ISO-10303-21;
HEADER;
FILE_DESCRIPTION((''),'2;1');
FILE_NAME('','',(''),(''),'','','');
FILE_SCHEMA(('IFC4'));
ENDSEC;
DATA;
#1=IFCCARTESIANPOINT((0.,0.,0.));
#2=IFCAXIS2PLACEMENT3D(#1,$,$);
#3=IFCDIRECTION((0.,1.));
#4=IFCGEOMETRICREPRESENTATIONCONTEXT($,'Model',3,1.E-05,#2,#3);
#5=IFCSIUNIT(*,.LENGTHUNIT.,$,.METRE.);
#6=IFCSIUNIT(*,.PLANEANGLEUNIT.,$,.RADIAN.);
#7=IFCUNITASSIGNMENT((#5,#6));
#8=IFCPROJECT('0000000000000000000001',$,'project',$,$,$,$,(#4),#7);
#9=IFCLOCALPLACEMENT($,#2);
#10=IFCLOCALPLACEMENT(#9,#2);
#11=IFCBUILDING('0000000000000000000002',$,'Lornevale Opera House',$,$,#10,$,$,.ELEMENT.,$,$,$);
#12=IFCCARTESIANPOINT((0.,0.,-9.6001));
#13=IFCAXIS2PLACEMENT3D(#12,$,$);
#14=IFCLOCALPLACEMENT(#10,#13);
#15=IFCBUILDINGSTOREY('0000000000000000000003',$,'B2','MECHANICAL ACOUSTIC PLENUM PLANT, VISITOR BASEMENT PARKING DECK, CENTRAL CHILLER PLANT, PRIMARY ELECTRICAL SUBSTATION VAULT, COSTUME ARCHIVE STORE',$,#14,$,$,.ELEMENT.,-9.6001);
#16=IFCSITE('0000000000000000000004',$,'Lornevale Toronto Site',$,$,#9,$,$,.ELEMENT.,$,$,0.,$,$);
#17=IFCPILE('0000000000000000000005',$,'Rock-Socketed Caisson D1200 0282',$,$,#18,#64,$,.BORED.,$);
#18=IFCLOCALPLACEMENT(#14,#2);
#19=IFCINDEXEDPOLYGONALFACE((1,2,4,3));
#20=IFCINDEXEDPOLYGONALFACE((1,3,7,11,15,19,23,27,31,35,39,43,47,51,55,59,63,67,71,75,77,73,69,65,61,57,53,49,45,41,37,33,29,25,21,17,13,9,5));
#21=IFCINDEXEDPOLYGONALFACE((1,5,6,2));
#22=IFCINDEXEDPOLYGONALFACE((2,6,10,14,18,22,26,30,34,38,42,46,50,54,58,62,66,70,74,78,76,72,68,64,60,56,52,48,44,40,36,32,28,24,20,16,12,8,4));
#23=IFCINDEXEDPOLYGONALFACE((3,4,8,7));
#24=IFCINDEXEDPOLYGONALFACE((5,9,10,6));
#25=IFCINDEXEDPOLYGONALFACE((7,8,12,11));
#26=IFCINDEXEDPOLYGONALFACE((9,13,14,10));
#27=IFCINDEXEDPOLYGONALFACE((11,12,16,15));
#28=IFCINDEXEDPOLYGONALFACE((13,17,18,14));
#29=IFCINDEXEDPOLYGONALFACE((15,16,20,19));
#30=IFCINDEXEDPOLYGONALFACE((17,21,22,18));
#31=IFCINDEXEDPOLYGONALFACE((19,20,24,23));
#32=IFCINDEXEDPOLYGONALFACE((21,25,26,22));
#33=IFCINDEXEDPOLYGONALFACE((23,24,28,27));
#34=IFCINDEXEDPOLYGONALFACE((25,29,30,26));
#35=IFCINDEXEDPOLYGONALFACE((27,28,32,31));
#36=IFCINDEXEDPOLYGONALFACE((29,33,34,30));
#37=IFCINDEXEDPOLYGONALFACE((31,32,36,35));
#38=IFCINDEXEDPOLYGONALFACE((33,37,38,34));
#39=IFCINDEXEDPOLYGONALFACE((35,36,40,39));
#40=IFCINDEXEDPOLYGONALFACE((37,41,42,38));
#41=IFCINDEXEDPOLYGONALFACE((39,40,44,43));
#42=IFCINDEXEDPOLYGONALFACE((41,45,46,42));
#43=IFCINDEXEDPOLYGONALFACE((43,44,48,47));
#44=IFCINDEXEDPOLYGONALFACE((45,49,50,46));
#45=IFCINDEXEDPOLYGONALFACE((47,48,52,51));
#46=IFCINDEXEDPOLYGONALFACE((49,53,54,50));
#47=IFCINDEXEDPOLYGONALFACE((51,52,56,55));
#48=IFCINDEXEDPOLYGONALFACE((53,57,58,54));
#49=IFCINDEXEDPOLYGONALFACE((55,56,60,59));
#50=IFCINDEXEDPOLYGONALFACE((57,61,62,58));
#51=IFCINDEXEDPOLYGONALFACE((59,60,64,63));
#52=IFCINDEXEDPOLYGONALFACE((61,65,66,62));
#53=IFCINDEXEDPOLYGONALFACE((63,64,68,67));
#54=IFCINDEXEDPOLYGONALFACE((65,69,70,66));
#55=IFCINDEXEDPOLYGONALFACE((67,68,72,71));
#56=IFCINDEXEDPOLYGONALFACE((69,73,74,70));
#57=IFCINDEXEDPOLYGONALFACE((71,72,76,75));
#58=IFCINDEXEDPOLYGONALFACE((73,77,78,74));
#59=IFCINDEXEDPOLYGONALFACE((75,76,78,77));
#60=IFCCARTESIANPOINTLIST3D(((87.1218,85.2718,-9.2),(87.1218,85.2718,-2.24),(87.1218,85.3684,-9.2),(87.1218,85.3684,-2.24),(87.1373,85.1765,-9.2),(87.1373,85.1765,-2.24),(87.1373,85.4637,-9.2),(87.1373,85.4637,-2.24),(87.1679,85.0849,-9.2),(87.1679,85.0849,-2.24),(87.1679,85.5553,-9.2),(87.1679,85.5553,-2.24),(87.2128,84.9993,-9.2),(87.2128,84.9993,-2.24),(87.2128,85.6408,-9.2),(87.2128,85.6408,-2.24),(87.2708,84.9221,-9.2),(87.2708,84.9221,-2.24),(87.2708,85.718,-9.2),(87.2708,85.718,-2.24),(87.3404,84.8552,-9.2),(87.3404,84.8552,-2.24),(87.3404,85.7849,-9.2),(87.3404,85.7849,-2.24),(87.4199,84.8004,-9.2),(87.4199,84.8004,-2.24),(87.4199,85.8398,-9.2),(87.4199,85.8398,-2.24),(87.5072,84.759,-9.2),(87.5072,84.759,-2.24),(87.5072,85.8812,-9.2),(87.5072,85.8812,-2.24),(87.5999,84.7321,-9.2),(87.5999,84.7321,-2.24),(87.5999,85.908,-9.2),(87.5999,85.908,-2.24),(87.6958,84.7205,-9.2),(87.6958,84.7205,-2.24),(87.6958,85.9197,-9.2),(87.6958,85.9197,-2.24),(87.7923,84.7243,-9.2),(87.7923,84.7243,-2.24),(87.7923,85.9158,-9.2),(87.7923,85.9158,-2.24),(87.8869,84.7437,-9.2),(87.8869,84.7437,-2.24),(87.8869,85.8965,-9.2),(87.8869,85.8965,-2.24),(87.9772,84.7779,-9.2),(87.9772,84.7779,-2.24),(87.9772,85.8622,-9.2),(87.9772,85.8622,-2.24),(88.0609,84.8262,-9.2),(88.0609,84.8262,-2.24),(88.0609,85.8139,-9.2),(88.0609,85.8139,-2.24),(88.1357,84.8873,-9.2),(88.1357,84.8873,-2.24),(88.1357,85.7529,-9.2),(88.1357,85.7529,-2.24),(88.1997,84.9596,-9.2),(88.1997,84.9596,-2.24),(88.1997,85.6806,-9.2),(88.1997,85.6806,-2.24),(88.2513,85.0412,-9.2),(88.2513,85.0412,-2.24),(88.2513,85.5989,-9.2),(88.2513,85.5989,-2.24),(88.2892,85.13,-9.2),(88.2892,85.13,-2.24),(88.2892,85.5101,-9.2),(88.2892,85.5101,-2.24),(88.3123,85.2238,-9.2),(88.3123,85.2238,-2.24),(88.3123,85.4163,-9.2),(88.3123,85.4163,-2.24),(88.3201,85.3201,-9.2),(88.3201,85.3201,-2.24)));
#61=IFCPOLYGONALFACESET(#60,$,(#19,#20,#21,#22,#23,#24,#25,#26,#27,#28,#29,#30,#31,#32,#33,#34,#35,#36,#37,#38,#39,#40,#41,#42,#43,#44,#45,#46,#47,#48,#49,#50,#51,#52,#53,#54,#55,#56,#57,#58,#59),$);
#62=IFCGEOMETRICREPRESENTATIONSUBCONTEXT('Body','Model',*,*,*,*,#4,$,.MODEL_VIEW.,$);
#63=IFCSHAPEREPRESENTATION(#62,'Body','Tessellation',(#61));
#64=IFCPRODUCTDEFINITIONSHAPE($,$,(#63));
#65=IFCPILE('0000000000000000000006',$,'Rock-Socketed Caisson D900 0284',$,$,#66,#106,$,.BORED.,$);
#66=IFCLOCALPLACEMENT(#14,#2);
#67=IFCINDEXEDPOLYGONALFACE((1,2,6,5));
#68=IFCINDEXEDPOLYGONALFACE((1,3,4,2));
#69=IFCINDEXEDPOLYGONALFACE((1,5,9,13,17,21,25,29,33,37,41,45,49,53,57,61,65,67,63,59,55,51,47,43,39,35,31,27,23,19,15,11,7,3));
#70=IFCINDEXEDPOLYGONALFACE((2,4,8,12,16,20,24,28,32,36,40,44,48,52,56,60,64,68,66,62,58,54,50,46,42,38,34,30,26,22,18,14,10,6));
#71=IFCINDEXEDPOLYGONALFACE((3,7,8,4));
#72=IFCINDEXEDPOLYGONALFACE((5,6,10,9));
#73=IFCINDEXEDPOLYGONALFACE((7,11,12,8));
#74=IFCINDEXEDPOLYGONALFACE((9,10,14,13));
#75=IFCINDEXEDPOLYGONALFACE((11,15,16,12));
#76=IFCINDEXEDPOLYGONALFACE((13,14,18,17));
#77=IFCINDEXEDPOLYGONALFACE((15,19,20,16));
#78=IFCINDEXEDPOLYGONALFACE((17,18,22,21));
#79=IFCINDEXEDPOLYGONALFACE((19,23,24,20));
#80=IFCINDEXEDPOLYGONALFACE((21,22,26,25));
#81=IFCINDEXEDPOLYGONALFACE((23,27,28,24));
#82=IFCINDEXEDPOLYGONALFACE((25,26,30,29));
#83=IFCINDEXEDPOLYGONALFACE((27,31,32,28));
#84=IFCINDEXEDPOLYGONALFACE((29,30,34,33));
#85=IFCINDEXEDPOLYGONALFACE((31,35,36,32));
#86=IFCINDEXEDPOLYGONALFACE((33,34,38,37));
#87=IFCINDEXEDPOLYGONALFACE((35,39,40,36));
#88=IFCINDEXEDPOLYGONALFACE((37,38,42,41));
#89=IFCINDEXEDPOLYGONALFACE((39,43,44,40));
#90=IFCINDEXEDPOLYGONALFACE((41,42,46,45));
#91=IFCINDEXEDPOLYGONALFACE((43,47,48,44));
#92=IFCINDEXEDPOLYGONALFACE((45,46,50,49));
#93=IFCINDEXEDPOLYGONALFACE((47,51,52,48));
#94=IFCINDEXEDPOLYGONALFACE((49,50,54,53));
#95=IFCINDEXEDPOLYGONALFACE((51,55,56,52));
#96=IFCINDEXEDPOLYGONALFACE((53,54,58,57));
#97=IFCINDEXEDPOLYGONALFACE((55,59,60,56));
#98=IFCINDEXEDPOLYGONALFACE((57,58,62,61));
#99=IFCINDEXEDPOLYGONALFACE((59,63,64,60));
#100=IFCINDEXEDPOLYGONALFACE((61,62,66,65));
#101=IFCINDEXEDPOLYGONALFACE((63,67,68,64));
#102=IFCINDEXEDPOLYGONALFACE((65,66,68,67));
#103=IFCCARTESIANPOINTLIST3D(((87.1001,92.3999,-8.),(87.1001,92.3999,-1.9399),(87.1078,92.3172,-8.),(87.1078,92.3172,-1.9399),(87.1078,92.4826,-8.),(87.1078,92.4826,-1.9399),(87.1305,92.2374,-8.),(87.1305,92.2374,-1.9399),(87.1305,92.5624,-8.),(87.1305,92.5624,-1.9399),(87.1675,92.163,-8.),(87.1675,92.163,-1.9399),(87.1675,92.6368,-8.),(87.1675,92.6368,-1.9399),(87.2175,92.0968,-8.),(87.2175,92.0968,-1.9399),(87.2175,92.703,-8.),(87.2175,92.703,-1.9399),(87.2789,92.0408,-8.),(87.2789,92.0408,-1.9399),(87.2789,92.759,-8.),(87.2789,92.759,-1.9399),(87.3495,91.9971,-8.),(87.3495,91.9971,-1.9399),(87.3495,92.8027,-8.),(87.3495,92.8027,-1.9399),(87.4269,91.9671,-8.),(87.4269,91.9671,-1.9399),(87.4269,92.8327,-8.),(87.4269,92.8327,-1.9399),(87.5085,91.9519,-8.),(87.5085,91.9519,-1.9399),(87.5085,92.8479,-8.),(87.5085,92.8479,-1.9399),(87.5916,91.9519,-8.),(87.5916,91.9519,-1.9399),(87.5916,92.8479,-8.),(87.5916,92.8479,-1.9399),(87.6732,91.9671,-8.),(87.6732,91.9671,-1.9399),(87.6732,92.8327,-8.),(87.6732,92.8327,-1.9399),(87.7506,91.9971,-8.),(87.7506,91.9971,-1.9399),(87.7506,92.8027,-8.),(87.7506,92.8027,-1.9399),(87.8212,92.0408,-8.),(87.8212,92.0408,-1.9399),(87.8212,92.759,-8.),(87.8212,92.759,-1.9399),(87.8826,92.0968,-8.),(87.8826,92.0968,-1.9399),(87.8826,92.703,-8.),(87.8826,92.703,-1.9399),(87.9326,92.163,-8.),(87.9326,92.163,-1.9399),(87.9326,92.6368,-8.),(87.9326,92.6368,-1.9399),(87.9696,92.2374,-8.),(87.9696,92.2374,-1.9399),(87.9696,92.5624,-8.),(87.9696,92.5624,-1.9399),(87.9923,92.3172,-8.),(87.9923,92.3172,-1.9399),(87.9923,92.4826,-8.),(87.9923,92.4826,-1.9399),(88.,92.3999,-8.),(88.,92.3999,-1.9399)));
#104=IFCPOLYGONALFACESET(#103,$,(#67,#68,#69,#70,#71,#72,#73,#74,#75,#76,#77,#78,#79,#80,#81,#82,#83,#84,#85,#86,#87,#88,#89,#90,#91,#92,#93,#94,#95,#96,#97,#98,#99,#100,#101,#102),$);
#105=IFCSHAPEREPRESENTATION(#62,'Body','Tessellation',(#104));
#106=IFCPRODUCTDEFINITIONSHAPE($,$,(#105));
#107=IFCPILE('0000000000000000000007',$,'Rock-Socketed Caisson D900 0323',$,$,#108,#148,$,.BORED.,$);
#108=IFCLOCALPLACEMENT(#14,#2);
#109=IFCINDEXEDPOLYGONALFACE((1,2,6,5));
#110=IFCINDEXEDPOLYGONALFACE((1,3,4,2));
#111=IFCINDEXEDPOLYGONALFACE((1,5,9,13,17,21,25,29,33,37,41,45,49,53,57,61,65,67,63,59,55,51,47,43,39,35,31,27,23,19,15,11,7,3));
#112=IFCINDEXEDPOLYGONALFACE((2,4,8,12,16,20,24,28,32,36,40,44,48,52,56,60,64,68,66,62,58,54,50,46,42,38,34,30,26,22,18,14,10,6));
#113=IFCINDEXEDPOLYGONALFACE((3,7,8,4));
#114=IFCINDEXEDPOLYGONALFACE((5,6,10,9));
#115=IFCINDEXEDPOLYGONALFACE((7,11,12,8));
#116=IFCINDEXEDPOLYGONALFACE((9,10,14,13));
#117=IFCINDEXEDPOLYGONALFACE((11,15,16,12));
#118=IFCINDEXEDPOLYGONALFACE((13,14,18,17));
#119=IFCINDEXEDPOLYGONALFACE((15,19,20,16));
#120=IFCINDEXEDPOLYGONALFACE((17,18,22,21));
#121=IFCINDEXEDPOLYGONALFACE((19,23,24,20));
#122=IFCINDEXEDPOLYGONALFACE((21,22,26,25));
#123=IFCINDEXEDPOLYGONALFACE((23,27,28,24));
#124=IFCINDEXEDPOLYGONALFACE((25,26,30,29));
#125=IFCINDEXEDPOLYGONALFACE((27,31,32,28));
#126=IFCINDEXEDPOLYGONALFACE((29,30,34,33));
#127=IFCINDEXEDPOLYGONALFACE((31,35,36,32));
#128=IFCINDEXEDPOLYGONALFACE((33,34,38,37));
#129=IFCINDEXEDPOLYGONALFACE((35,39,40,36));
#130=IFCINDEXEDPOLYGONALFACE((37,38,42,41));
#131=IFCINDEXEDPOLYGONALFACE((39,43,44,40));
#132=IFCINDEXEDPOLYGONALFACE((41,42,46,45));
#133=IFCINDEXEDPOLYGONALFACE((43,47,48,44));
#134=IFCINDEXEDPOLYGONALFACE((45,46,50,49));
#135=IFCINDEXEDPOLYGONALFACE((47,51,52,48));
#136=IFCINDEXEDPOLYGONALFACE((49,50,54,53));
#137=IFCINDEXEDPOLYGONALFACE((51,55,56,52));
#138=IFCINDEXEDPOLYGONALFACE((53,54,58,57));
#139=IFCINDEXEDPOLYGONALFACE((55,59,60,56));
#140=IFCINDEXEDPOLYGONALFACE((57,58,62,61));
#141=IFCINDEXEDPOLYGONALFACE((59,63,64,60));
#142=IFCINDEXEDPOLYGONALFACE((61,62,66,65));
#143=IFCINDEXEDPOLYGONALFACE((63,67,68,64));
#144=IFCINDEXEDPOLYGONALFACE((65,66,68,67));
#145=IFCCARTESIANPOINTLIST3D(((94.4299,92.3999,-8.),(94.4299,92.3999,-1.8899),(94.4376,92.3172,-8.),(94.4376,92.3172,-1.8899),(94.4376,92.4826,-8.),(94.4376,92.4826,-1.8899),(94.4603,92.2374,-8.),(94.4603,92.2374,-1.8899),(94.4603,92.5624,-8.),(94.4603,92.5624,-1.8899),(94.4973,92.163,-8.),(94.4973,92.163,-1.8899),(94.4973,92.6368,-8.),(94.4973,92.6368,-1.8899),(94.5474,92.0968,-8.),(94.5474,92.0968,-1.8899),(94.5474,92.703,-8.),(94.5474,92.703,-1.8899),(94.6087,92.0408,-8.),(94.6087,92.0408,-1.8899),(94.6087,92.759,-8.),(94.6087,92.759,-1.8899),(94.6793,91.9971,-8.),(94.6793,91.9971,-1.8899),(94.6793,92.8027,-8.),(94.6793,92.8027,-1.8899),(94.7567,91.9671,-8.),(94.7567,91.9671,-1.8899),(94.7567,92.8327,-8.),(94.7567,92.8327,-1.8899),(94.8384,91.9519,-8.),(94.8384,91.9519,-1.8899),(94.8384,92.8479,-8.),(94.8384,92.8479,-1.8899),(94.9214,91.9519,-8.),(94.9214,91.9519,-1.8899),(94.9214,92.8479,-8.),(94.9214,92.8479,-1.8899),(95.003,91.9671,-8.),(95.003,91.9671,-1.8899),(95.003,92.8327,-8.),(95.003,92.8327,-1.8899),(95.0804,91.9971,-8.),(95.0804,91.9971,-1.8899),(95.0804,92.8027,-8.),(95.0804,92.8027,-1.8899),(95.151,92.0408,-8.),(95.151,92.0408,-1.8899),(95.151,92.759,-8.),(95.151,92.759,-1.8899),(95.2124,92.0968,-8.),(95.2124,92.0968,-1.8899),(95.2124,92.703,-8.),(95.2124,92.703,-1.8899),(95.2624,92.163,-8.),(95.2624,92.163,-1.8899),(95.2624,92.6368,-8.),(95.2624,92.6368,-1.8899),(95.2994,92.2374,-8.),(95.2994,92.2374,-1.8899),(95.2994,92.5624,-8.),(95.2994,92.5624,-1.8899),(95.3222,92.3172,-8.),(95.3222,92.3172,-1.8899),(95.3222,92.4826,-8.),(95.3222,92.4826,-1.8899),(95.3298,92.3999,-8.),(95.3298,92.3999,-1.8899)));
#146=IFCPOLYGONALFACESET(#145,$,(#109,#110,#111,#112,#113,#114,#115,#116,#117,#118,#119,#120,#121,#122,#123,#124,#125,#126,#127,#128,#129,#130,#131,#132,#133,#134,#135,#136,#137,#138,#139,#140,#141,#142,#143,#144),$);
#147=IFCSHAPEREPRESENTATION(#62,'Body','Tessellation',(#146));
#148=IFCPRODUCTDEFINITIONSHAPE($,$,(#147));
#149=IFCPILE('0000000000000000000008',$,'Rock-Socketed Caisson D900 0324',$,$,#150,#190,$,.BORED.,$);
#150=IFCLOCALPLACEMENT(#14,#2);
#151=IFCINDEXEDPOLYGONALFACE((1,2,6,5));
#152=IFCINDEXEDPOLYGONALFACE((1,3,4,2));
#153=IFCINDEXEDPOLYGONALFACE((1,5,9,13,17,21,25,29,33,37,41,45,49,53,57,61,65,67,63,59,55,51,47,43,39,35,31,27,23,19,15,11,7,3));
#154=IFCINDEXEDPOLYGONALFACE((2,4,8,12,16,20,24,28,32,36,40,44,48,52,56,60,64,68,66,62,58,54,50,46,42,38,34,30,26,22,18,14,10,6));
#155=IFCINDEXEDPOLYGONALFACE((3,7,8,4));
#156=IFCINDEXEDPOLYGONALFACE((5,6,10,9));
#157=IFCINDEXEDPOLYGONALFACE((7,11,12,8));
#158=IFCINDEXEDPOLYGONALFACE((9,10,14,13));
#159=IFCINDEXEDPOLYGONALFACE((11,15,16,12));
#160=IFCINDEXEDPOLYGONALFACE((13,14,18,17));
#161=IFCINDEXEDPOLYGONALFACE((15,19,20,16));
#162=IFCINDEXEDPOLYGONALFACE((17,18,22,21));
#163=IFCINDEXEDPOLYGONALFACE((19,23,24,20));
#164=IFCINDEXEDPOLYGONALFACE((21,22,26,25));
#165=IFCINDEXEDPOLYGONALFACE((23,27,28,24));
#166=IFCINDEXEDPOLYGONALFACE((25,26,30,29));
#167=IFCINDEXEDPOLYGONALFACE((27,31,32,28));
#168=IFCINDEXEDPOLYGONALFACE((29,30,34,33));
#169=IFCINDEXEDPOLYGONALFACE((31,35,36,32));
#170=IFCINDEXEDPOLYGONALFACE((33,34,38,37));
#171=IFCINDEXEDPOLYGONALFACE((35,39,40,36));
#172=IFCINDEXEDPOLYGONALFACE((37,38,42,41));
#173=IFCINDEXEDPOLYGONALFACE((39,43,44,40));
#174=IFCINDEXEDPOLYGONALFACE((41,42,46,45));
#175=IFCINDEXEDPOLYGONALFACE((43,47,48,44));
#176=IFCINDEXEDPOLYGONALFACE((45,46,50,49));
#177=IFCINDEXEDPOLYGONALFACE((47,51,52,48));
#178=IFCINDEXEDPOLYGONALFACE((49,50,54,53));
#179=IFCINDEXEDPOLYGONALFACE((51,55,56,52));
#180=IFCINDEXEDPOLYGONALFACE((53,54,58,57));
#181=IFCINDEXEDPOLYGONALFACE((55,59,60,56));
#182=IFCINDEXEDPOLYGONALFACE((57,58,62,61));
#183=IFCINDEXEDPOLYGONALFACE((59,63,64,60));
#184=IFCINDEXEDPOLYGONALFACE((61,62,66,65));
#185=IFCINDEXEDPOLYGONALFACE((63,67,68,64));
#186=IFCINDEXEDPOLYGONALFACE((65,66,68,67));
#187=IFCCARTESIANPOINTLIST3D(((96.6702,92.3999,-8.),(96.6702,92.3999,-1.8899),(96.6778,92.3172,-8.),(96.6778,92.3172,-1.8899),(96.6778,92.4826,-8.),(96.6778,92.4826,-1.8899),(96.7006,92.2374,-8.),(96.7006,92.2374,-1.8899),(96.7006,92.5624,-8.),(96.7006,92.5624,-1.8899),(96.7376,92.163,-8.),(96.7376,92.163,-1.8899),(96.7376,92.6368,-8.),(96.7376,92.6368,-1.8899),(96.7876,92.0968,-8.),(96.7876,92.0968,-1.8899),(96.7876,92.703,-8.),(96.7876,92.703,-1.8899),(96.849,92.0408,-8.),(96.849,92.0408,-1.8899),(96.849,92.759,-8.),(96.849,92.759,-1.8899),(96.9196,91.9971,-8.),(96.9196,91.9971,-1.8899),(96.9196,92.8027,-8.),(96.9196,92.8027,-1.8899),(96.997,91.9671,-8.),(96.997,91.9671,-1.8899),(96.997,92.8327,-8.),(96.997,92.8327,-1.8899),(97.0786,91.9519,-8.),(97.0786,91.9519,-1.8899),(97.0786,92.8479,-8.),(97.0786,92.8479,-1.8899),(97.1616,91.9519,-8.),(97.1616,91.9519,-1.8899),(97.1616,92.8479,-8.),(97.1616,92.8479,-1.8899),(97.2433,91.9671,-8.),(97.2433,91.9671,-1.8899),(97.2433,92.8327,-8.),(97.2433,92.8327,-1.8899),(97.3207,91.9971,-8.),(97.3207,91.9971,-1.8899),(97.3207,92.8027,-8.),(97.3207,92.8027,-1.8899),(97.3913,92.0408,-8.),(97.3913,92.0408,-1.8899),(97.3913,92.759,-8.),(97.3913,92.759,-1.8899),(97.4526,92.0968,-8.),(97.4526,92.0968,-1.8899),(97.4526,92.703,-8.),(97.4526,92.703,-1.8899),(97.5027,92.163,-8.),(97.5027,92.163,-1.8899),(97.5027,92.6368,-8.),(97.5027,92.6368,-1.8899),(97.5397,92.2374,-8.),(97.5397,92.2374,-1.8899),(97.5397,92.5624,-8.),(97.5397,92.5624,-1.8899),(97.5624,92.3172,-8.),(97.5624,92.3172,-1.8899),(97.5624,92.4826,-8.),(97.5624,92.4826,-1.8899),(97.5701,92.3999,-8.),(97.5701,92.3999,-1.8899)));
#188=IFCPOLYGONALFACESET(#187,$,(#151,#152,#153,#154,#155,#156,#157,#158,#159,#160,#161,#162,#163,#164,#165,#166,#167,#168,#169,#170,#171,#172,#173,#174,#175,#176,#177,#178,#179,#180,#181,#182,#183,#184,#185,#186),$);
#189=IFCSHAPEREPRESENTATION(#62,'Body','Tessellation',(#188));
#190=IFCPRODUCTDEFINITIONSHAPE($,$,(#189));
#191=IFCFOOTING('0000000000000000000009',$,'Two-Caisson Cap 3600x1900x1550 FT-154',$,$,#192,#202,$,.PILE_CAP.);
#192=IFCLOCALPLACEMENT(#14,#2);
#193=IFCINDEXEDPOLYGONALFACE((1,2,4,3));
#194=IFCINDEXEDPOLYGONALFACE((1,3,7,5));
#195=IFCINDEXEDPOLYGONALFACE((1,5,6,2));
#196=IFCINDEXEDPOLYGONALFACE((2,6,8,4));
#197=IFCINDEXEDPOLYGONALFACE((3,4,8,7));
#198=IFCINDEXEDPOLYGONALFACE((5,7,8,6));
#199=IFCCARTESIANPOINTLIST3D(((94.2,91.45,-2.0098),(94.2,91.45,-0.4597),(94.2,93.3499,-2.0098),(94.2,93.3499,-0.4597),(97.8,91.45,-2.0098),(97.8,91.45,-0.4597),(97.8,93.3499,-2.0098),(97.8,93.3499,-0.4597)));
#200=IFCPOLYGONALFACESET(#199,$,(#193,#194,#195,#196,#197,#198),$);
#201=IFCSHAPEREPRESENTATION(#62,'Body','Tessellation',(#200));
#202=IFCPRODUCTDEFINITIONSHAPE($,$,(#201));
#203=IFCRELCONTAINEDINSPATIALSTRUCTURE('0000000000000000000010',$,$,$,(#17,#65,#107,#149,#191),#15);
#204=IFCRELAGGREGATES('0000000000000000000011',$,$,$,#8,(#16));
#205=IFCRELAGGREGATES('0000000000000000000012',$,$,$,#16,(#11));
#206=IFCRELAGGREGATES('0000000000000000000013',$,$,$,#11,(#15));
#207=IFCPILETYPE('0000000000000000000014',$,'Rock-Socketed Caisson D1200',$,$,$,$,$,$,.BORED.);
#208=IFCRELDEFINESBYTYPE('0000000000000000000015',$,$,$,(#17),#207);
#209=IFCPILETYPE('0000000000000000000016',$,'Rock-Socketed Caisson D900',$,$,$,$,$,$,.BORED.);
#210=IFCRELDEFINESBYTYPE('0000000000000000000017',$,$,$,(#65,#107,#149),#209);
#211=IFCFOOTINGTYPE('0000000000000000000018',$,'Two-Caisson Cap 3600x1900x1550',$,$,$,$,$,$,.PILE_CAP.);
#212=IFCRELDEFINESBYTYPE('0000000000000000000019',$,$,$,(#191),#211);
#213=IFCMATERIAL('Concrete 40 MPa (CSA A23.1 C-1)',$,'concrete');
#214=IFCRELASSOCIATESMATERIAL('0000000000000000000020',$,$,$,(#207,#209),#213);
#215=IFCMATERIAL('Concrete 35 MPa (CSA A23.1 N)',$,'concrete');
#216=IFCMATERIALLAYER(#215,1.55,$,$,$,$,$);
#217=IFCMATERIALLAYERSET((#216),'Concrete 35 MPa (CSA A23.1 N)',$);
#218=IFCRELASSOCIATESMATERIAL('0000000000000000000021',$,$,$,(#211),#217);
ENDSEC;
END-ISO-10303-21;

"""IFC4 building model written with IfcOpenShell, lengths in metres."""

from ifc_helpers import new_model, si_unit, direction, frame, origin, origin_2d, place, context, subcontext, project, spatial, rectangle, circle, extrude, material, layer, layer_set, material_profile, profile_set, type_object, element, save


model = new_model("IFC4")

# Units and contexts
model_context = context("Model", 3, precision=1e-05, world=origin(), true_north=direction((0.0, 1.0)))
body_context = subcontext(model_context, "Body", "Model", "MODEL_VIEW")
ifc_project = project(units=[si_unit("LENGTHUNIT", "METRE"), si_unit("PLANEANGLEUNIT", "RADIAN")], contexts=[model_context])

# Site, building, storey
site_placement = place(None, origin())
site = spatial("IfcSite", under=ifc_project, at=site_placement, Name="Lornevale Toronto Site", CompositionType="ELEMENT", RefElevation=0.0)
building_placement = place(site_placement, origin())
building = spatial("IfcBuilding", under=site, at=building_placement, Name="Lornevale Opera House", CompositionType="ELEMENT")
storey_placement = place(building_placement, frame((0.0, 0.0, -9.6001)))
storey = spatial("IfcBuildingStorey", under=building, at=storey_placement, Name="B2", Description="MECHANICAL ACOUSTIC PLENUM PLANT, VISITOR BASEMENT PARKING DECK, CENTRAL CHILLER PLANT, PRIMARY ELECTRICAL SUBSTATION VAULT, COSTUME ARCHIVE STORE", CompositionType="ELEMENT", Elevation=-9.6001)

# Shared definitions
ifc_material_1 = material(Name="Concrete 35 MPa (CSA A23.1 N)", Category="concrete")

# Piles
ifc_material_2 = material(Name="Concrete 40 MPa (CSA A23.1 C-1)", Category="concrete")
ifc_material_profile_1 = material_profile(ifc_material_2, circle(Radius=0.6001, at=origin_2d()), Name="CAIS1200")
ifc_profile_set_1 = profile_set([ifc_material_profile_1], Name="Concrete 40 MPa (CSA A23.1 C-1)")
pile_type_1 = type_object("IfcPileType", Name="Rock-Socketed Caisson D1200", PredefinedType="BORED", material=ifc_profile_set_1)
pile_1_placement = place(storey_placement, frame((87.72, 85.3201, -2.24), z_axis=(0.0, 0.0, -1.0), x_axis=(1.0, 0.0, 0.0)))
element("IfcPile", 1, at=pile_1_placement, inside=storey, type_object=pile_type_1, Name="Rock-Socketed Caisson D1200 0282", PredefinedType="BORED", context=body_context, shape_type="SweptSolid", body=[
    extrude(circle(Radius=0.6001, at=origin_2d()), origin(), (0.0, 0.0, 1.0), 6.96),
])
ifc_material_profile_2 = material_profile(ifc_material_2, circle(Radius=0.45, at=origin_2d()), Name="CAIS900")
ifc_profile_set_2 = profile_set([ifc_material_profile_2], Name="Concrete 40 MPa (CSA A23.1 C-1)")
pile_type_2 = type_object("IfcPileType", Name="Rock-Socketed Caisson D900", PredefinedType="BORED", material=ifc_profile_set_2)
pile_2_placement = place(storey_placement, frame((87.55, 92.3999, -1.9399), z_axis=(0.0, 0.0, -1.0), x_axis=(1.0, 0.0, 0.0)))
element("IfcPile", 2, at=pile_2_placement, inside=storey, type_object=pile_type_2, Name="Rock-Socketed Caisson D900 0284", PredefinedType="BORED", context=body_context, shape_type="SweptSolid", body=[
    extrude(circle(Radius=0.45, at=origin_2d()), origin(), (0.0, 0.0, 1.0), 6.0601),
])
for number, where, z_axis, x_axis, name in (
    (3, (94.8799, 92.3999, -1.8899), (0.0, 0.0, -1.0), (1.0, 0.0, 0.0), "Rock-Socketed Caisson D900 0323"),
    (4, (97.1201, 92.3999, -1.8899), (0.0, 0.0, -1.0), (1.0, 0.0, 0.0), "Rock-Socketed Caisson D900 0324"),
):
    element("IfcPile", number, at=place(storey_placement, frame(where, z_axis=z_axis, x_axis=x_axis)), inside=storey, type_object=pile_type_2, Name=name, PredefinedType="BORED", context=body_context, shape_type="SweptSolid", body=[
        extrude(circle(Radius=0.45, at=origin_2d()), origin(), (0.0, 0.0, 1.0), 6.1101),
    ])

# Footing
ifc_layer_1 = layer(ifc_material_1, 1.55)
ifc_layer_set_1 = layer_set([ifc_layer_1], Name="Concrete 35 MPa (CSA A23.1 N)")
footing_type_1 = type_object("IfcFootingType", Name="Two-Caisson Cap 3600x1900x1550", PredefinedType="PILE_CAP", material=ifc_layer_set_1)
footing_1_placement = place(storey_placement, frame((96.0, 92.3999, -2.0098), z_axis=(0.0, 0.0, 1.0), x_axis=(1.0, 0.0, 0.0)))
element("IfcFooting", 5, at=footing_1_placement, inside=storey, type_object=footing_type_1, Name="Two-Caisson Cap 3600x1900x1550 FT-154", PredefinedType="PILE_CAP", context=body_context, shape_type="SweptSolid", body=[
    extrude(rectangle(XDim=3.6001, YDim=1.8999, at=origin_2d()), origin(), (0.0, 0.0, 1.0), 1.55),
])

save(model, "model.ifc")
